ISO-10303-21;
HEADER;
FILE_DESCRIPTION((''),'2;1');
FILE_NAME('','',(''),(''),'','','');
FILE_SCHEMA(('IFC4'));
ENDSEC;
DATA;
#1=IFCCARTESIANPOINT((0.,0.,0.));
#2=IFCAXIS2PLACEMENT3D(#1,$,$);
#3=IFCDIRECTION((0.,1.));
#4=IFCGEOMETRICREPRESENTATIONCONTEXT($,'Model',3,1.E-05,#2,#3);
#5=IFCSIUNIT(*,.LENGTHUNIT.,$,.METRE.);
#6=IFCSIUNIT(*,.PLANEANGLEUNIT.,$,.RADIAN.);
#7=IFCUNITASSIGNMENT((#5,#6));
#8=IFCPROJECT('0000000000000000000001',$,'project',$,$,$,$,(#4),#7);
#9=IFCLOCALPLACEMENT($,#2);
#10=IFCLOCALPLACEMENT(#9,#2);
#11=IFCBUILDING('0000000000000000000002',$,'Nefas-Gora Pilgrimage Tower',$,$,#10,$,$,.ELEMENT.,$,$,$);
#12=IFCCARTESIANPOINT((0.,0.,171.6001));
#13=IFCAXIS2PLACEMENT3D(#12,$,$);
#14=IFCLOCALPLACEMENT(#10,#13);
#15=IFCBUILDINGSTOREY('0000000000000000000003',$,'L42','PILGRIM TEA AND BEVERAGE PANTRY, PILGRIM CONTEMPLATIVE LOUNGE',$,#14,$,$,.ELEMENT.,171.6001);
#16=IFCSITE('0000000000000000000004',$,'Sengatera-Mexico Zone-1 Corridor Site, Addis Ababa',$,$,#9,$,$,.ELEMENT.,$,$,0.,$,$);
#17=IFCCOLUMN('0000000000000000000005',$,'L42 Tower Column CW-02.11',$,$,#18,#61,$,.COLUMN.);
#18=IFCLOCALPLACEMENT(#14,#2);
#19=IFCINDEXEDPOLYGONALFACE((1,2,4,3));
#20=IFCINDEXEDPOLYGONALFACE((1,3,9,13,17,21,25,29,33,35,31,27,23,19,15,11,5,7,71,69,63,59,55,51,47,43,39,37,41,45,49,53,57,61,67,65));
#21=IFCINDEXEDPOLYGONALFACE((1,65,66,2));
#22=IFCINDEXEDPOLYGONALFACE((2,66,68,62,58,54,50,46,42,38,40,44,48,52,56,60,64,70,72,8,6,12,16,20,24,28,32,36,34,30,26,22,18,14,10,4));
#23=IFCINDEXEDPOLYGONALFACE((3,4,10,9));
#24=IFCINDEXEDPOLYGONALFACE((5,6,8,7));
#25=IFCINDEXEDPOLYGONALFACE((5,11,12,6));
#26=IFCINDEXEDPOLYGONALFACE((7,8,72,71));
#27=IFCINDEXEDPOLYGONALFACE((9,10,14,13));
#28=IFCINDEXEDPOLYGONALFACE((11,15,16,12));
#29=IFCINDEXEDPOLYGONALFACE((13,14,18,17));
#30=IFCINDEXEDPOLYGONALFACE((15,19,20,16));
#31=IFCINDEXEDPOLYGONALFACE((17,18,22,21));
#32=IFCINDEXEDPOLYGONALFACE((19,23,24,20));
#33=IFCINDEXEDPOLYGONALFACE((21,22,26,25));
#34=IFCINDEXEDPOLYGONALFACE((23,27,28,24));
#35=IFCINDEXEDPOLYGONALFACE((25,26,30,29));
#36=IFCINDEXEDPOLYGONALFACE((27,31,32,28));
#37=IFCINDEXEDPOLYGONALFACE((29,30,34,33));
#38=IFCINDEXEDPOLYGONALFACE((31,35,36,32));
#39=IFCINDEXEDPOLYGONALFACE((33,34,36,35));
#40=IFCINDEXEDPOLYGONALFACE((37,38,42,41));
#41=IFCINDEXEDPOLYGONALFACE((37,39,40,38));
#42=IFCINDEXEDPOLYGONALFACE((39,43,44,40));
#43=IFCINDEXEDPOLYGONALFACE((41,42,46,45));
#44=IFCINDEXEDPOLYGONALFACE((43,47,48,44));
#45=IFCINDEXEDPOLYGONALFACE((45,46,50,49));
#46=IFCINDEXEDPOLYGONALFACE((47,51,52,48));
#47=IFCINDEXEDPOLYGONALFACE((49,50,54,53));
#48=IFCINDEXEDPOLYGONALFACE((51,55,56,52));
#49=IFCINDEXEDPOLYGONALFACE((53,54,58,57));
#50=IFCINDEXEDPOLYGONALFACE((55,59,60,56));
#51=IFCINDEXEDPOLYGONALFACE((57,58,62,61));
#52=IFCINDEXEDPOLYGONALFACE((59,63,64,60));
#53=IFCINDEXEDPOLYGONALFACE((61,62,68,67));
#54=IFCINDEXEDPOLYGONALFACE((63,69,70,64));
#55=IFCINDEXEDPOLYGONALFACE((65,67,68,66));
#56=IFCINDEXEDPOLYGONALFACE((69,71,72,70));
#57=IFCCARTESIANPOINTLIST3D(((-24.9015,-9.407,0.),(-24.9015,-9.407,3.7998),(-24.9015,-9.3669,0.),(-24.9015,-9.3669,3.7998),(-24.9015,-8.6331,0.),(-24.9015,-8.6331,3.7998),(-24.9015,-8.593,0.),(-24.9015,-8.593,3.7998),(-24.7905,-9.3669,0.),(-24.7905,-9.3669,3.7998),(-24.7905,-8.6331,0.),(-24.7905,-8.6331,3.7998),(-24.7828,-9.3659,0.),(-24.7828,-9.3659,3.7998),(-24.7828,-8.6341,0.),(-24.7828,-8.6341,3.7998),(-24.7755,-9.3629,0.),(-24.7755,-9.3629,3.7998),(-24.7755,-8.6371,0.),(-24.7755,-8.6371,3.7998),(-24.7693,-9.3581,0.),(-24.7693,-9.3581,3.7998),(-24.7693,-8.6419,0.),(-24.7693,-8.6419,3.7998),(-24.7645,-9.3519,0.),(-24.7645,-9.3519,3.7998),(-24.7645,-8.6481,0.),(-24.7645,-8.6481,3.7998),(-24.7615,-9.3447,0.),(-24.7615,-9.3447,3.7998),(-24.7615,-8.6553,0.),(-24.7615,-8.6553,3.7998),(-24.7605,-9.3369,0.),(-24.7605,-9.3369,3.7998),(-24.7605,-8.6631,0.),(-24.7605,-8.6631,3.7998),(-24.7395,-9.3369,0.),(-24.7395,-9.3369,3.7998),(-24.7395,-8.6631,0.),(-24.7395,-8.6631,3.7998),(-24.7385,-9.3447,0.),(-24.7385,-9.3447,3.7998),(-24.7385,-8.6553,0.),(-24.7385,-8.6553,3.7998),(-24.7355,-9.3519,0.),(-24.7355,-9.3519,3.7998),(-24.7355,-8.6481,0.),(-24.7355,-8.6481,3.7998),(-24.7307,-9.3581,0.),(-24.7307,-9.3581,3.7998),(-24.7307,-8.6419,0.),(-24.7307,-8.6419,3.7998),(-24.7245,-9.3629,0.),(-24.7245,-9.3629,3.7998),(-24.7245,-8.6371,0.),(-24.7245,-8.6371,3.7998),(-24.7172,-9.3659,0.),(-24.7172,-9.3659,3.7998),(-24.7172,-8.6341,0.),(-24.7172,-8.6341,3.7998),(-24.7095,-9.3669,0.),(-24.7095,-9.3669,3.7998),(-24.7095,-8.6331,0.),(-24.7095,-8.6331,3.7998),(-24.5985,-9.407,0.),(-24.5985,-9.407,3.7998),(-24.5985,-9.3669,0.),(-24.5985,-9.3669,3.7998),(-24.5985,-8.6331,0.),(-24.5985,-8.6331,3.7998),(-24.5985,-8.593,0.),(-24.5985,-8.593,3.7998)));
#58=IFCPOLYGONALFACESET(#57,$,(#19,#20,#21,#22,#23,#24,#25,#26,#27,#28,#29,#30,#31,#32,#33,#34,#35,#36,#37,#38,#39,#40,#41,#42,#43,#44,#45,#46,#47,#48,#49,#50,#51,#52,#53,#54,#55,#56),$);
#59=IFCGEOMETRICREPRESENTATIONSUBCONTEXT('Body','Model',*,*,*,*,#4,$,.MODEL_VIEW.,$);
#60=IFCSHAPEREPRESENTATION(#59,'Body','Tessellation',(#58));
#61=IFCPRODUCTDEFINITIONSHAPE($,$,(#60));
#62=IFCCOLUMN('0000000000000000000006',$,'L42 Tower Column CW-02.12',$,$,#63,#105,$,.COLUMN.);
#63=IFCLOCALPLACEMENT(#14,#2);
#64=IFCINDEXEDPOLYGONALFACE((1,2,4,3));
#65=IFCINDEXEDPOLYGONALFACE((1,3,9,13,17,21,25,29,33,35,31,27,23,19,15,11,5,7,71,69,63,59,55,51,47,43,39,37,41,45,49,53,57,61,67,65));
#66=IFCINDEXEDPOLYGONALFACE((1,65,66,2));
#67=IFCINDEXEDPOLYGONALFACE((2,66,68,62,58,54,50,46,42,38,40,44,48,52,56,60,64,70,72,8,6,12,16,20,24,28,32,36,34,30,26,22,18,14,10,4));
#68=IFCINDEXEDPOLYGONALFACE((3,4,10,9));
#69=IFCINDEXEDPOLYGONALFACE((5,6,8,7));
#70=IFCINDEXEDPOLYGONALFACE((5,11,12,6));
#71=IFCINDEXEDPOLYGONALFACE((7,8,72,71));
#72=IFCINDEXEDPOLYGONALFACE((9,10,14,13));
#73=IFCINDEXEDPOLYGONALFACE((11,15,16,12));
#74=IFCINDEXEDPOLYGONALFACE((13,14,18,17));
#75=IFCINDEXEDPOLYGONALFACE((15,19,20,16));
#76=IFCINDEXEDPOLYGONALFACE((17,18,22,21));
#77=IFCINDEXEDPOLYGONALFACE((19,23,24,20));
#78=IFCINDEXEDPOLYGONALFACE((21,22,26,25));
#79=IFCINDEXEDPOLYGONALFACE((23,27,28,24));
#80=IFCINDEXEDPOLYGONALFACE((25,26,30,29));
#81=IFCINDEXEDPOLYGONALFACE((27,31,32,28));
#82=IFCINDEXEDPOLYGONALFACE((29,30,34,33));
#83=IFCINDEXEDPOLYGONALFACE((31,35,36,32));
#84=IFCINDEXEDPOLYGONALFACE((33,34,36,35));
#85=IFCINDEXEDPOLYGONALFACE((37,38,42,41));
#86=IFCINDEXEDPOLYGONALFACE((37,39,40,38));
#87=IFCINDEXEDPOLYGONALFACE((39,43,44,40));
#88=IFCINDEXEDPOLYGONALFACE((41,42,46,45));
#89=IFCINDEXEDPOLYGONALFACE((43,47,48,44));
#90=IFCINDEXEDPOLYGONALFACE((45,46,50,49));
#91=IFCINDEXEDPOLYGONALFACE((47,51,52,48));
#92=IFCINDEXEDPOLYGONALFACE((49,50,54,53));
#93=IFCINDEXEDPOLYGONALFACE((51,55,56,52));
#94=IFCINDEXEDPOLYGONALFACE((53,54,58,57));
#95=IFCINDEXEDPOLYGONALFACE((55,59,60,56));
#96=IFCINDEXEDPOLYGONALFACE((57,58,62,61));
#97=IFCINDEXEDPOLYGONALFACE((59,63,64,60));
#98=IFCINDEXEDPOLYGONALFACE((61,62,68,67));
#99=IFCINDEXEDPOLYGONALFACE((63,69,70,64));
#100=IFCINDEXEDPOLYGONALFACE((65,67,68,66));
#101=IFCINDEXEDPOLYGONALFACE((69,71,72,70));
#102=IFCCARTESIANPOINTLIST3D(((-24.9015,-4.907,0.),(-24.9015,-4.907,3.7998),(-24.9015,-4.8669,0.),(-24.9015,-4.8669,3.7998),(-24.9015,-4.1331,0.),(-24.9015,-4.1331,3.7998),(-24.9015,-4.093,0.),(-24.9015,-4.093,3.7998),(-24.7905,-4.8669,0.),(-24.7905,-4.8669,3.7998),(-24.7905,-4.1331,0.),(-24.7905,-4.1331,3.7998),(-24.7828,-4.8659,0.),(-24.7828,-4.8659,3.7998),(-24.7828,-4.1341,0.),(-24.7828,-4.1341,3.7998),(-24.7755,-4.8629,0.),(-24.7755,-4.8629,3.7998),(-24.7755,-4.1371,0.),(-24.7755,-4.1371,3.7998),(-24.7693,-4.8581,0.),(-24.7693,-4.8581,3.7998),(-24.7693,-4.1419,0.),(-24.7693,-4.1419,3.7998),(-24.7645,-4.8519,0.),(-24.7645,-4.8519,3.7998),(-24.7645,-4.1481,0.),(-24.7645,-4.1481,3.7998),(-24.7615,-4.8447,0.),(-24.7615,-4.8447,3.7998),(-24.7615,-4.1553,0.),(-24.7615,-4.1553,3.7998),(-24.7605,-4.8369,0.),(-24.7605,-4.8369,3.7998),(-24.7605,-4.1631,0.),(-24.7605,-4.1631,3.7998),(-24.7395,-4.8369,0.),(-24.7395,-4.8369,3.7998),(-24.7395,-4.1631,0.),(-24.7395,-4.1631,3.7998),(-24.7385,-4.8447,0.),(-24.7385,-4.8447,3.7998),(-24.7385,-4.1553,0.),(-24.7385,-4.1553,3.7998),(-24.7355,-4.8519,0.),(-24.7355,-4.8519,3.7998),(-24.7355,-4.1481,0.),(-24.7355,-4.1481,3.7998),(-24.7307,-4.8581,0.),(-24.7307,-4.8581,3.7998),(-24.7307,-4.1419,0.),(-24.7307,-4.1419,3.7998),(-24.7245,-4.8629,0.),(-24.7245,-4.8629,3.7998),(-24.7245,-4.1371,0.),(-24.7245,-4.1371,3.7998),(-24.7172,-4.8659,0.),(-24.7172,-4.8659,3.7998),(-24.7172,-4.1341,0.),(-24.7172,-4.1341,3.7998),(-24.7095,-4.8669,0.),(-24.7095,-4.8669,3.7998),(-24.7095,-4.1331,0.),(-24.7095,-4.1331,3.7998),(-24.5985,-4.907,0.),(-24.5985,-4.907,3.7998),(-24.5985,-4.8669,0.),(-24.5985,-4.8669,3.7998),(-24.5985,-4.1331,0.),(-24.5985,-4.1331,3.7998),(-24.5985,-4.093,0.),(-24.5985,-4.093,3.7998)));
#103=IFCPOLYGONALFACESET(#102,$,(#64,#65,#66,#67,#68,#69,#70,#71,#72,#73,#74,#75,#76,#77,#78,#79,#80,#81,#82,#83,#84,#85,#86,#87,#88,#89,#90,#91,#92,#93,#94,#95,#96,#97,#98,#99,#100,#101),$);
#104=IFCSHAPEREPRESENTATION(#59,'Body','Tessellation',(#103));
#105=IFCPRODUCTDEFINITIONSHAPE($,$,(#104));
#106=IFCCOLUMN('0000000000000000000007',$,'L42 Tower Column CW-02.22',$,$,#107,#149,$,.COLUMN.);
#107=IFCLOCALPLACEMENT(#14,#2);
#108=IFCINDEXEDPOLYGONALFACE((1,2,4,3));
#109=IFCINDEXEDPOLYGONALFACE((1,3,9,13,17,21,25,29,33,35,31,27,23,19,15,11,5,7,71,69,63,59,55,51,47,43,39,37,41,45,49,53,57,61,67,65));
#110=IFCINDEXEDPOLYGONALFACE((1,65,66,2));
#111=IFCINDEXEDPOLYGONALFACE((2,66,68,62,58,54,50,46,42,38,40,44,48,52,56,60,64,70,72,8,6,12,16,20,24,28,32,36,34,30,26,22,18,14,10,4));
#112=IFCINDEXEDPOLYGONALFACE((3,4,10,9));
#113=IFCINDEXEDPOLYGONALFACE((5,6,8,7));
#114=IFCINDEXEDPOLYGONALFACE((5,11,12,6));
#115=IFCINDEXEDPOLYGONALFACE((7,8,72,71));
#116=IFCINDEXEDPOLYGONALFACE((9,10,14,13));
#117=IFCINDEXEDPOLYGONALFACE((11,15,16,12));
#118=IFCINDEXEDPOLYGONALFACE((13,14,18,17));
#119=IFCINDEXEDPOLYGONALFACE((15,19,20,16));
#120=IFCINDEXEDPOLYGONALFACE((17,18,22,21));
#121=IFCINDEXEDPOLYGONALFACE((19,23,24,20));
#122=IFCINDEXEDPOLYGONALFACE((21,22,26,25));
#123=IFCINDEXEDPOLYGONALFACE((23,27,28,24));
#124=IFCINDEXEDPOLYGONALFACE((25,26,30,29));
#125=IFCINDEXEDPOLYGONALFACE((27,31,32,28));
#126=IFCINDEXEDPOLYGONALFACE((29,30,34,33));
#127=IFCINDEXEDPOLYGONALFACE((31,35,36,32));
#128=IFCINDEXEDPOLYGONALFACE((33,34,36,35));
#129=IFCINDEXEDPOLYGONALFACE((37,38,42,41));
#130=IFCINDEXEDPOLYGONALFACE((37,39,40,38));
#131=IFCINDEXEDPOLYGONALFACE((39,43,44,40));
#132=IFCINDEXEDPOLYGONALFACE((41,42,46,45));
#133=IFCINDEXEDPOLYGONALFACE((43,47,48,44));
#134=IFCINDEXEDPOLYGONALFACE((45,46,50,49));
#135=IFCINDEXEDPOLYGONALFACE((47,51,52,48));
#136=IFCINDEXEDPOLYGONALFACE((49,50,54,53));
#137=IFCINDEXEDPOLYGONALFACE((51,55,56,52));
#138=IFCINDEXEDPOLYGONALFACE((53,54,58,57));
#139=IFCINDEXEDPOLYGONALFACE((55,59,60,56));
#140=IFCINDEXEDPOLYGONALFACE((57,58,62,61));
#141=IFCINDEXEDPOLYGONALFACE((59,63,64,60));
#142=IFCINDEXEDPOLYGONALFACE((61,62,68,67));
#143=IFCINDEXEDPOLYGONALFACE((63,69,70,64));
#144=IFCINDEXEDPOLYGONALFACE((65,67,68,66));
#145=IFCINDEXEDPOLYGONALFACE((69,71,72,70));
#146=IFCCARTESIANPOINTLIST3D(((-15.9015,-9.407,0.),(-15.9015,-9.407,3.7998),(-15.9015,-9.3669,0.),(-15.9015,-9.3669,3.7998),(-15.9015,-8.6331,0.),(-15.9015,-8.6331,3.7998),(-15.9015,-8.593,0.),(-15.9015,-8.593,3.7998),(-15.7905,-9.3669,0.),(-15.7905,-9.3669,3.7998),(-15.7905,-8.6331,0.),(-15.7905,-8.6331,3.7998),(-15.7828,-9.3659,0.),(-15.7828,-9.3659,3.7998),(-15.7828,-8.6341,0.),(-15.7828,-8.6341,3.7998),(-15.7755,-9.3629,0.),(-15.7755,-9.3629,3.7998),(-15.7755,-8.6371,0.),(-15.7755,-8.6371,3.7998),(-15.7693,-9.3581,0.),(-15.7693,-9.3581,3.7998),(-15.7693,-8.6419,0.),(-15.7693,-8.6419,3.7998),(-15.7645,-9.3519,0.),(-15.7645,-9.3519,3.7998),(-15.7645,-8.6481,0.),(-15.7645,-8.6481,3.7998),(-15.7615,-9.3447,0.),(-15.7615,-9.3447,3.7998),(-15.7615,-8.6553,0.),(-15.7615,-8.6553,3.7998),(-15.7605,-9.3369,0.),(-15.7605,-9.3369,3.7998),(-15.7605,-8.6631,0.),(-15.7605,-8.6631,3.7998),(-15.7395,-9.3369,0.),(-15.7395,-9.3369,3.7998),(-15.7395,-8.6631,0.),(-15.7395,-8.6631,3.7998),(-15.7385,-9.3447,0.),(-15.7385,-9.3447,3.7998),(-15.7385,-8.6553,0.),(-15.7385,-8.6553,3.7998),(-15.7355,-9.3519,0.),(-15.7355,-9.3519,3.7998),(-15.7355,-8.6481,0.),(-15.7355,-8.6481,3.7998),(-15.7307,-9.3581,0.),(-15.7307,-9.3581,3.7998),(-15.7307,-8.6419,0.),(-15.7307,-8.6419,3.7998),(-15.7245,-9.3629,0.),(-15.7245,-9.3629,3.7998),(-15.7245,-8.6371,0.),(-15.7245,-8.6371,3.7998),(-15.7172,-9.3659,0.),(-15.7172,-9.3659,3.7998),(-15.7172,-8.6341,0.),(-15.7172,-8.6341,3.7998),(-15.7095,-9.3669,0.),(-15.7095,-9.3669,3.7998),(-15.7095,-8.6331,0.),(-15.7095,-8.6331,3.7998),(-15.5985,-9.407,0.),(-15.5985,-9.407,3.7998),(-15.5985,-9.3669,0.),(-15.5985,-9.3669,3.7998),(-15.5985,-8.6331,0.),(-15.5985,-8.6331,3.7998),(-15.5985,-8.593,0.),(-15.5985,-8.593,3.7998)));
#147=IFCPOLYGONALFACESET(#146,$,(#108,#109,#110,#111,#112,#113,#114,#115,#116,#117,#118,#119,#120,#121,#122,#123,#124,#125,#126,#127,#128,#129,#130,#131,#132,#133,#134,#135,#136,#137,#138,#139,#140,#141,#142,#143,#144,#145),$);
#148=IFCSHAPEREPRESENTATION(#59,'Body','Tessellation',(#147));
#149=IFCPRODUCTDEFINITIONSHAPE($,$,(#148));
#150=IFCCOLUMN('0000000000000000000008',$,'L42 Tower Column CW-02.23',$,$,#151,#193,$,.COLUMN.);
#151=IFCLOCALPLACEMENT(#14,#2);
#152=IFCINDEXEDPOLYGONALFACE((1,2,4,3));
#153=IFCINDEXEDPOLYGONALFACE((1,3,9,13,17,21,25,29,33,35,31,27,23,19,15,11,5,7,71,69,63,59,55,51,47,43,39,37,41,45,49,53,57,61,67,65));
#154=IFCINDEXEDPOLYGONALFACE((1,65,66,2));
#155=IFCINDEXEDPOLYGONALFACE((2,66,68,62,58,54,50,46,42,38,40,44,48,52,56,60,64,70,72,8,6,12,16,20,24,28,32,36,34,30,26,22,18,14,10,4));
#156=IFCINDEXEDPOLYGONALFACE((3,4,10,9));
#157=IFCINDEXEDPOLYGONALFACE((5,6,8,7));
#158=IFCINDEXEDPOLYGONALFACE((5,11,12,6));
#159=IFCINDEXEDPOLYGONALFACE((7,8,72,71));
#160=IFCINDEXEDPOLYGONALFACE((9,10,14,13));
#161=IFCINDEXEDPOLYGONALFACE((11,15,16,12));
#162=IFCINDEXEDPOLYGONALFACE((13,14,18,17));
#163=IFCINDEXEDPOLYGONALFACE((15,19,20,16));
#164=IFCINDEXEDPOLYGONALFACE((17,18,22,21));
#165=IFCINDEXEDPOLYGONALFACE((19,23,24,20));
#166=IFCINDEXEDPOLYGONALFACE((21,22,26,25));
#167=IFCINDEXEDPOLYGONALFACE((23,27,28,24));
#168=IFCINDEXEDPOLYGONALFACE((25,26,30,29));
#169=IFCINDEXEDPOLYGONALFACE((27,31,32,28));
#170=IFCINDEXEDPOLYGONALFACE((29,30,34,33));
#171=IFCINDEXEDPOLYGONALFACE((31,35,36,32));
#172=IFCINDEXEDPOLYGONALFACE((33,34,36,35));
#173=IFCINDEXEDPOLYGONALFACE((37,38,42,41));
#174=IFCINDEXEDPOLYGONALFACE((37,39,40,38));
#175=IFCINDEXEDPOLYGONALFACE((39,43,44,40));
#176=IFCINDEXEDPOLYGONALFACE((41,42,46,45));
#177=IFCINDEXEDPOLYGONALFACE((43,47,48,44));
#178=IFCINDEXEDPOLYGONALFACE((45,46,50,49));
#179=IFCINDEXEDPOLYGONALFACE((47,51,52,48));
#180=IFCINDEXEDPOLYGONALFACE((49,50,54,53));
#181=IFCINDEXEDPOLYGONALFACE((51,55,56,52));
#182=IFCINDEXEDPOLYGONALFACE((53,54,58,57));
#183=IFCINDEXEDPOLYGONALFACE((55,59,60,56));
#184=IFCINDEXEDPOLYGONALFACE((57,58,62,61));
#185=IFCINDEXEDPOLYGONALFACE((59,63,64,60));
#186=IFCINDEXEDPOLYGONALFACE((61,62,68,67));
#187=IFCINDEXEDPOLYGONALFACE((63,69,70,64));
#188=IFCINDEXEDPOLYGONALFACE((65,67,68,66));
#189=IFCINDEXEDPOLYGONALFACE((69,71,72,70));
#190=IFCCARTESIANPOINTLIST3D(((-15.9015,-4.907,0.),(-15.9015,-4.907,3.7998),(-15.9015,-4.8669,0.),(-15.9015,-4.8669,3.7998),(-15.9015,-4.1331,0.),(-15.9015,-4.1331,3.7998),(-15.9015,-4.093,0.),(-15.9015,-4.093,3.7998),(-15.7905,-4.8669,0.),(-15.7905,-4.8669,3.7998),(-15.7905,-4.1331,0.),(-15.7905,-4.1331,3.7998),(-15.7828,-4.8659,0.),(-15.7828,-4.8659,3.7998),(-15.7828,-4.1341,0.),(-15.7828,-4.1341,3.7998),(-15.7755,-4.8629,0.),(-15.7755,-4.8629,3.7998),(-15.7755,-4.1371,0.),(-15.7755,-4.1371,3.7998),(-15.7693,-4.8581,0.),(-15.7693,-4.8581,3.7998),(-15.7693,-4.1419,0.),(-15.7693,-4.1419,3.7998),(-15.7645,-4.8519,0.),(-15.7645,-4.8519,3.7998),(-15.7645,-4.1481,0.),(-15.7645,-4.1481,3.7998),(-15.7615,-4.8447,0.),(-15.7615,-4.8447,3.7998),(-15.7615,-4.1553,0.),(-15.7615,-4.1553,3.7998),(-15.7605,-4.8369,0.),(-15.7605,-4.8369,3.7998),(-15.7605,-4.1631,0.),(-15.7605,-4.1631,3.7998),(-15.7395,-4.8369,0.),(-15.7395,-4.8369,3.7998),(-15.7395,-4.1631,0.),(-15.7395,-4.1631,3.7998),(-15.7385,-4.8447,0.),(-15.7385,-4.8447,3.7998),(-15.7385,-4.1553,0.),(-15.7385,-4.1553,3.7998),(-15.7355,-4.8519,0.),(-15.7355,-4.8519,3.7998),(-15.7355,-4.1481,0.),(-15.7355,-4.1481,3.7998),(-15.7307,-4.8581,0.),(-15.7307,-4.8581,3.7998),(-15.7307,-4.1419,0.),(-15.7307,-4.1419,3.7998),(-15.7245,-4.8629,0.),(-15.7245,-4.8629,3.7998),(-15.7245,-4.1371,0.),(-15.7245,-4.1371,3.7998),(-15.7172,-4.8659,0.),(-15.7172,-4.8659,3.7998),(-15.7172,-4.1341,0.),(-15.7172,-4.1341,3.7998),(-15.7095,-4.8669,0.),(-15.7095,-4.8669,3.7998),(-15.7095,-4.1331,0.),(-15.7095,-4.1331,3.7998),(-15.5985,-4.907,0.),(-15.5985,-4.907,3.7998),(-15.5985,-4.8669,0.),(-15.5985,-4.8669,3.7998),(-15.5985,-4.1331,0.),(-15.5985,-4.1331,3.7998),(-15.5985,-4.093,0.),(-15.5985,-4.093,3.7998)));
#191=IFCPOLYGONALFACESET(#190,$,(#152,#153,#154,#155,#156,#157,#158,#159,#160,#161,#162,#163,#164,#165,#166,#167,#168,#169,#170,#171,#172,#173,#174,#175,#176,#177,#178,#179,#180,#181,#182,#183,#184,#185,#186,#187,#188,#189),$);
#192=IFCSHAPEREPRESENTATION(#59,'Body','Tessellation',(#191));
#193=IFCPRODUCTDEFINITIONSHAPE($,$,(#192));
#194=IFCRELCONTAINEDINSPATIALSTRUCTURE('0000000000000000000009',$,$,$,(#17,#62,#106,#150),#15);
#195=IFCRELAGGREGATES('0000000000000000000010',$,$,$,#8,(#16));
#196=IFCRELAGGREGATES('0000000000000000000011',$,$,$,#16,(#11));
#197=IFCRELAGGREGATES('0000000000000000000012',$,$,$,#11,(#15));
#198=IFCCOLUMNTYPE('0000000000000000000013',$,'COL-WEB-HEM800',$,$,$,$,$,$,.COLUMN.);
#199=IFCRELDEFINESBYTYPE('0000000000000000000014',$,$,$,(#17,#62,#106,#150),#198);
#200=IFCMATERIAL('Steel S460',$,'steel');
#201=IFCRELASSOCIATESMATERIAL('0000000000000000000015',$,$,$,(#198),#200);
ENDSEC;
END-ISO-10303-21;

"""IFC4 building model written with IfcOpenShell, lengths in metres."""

from ifc_helpers import new_model, si_unit, direction, frame, origin, origin_2d, place, context, subcontext, project, spatial, i_section, extrude, source, transform, mapped, material, material_profile, profile_set, type_object, element, save


model = new_model("IFC4")

# Units and contexts
model_context = context("Model", 3, precision=1e-05, world=origin(), true_north=direction((0.0, 1.0)))
body_context = subcontext(model_context, "Body", "Model", "MODEL_VIEW")
ifc_project = project(units=[si_unit("LENGTHUNIT", "METRE"), si_unit("PLANEANGLEUNIT", "RADIAN")], contexts=[model_context])

# Site, building, storey
site_placement = place(None, origin())
site = spatial("IfcSite", under=ifc_project, at=site_placement, Name="Sengatera-Mexico Zone-1 Corridor Site, Addis Ababa", CompositionType="ELEMENT", RefElevation=0.0)
building_placement = place(site_placement, origin())
building = spatial("IfcBuilding", under=site, at=building_placement, Name="Nefas-Gora Pilgrimage Tower", CompositionType="ELEMENT")
storey_placement = place(building_placement, frame((0.0, 0.0, 171.6001)))
storey = spatial("IfcBuildingStorey", under=building, at=storey_placement, Name="L42", Description="PILGRIM TEA AND BEVERAGE PANTRY, PILGRIM CONTEMPLATIVE LOUNGE", CompositionType="ELEMENT", Elevation=171.6001)

# Columns
ifc_material_1 = material(Name="Steel S460", Category="steel")
ifc_material_profile_1 = material_profile(ifc_material_1, i_section(OverallWidth=0.303, OverallDepth=0.814, WebThickness=0.021, FlangeThickness=0.04, FilletRadius=0.03, at=origin_2d()), Name="HEM 800")
ifc_profile_set_1 = profile_set([ifc_material_profile_1], Name="Steel S460")
column_type = type_object("IfcColumnType", Name="COL-WEB-HEM800", PredefinedType="COLUMN", material=ifc_profile_set_1)
shared_shape_1 = source(origin(), body_context, "Body", "SweptSolid", [
    extrude(i_section(OverallWidth=0.303, OverallDepth=0.814, WebThickness=0.021, FlangeThickness=0.04, FilletRadius=0.03, at=origin_2d()), origin(), (0.0, 0.0, 1.0), 3.7998),
])
for number, where, z_axis, x_axis, name in (
    (1, (-24.75, -9.0, 0.0), (0.0, 0.0, 1.0), (1.0, 0.0, 0.0), "L42 Tower Column CW-02.11"),
    (2, (-24.75, -4.5, 0.0), (0.0, 0.0, 1.0), (1.0, 0.0, 0.0), "L42 Tower Column CW-02.12"),
    (3, (-15.75, -9.0, 0.0), (0.0, 0.0, 1.0), (1.0, 0.0, 0.0), "L42 Tower Column CW-02.22"),
    (4, (-15.75, -4.5, 0.0), (0.0, 0.0, 1.0), (1.0, 0.0, 0.0), "L42 Tower Column CW-02.23"),
):
    element("IfcColumn", number, at=place(storey_placement, frame(where, z_axis=z_axis, x_axis=x_axis)), inside=storey, type_object=column_type, Name=name, PredefinedType="COLUMN", context=body_context, shape_type="MappedRepresentation", body=[
        mapped(shared_shape_1, transform((0.0, 0.0, 0.0), x_axis=(1.0, 0.0, 0.0), y_axis=(0.0, 1.0, 0.0), z_axis=(0.0, 0.0, 1.0), scale=1.0)),
    ])

save(model, "model.ifc")
